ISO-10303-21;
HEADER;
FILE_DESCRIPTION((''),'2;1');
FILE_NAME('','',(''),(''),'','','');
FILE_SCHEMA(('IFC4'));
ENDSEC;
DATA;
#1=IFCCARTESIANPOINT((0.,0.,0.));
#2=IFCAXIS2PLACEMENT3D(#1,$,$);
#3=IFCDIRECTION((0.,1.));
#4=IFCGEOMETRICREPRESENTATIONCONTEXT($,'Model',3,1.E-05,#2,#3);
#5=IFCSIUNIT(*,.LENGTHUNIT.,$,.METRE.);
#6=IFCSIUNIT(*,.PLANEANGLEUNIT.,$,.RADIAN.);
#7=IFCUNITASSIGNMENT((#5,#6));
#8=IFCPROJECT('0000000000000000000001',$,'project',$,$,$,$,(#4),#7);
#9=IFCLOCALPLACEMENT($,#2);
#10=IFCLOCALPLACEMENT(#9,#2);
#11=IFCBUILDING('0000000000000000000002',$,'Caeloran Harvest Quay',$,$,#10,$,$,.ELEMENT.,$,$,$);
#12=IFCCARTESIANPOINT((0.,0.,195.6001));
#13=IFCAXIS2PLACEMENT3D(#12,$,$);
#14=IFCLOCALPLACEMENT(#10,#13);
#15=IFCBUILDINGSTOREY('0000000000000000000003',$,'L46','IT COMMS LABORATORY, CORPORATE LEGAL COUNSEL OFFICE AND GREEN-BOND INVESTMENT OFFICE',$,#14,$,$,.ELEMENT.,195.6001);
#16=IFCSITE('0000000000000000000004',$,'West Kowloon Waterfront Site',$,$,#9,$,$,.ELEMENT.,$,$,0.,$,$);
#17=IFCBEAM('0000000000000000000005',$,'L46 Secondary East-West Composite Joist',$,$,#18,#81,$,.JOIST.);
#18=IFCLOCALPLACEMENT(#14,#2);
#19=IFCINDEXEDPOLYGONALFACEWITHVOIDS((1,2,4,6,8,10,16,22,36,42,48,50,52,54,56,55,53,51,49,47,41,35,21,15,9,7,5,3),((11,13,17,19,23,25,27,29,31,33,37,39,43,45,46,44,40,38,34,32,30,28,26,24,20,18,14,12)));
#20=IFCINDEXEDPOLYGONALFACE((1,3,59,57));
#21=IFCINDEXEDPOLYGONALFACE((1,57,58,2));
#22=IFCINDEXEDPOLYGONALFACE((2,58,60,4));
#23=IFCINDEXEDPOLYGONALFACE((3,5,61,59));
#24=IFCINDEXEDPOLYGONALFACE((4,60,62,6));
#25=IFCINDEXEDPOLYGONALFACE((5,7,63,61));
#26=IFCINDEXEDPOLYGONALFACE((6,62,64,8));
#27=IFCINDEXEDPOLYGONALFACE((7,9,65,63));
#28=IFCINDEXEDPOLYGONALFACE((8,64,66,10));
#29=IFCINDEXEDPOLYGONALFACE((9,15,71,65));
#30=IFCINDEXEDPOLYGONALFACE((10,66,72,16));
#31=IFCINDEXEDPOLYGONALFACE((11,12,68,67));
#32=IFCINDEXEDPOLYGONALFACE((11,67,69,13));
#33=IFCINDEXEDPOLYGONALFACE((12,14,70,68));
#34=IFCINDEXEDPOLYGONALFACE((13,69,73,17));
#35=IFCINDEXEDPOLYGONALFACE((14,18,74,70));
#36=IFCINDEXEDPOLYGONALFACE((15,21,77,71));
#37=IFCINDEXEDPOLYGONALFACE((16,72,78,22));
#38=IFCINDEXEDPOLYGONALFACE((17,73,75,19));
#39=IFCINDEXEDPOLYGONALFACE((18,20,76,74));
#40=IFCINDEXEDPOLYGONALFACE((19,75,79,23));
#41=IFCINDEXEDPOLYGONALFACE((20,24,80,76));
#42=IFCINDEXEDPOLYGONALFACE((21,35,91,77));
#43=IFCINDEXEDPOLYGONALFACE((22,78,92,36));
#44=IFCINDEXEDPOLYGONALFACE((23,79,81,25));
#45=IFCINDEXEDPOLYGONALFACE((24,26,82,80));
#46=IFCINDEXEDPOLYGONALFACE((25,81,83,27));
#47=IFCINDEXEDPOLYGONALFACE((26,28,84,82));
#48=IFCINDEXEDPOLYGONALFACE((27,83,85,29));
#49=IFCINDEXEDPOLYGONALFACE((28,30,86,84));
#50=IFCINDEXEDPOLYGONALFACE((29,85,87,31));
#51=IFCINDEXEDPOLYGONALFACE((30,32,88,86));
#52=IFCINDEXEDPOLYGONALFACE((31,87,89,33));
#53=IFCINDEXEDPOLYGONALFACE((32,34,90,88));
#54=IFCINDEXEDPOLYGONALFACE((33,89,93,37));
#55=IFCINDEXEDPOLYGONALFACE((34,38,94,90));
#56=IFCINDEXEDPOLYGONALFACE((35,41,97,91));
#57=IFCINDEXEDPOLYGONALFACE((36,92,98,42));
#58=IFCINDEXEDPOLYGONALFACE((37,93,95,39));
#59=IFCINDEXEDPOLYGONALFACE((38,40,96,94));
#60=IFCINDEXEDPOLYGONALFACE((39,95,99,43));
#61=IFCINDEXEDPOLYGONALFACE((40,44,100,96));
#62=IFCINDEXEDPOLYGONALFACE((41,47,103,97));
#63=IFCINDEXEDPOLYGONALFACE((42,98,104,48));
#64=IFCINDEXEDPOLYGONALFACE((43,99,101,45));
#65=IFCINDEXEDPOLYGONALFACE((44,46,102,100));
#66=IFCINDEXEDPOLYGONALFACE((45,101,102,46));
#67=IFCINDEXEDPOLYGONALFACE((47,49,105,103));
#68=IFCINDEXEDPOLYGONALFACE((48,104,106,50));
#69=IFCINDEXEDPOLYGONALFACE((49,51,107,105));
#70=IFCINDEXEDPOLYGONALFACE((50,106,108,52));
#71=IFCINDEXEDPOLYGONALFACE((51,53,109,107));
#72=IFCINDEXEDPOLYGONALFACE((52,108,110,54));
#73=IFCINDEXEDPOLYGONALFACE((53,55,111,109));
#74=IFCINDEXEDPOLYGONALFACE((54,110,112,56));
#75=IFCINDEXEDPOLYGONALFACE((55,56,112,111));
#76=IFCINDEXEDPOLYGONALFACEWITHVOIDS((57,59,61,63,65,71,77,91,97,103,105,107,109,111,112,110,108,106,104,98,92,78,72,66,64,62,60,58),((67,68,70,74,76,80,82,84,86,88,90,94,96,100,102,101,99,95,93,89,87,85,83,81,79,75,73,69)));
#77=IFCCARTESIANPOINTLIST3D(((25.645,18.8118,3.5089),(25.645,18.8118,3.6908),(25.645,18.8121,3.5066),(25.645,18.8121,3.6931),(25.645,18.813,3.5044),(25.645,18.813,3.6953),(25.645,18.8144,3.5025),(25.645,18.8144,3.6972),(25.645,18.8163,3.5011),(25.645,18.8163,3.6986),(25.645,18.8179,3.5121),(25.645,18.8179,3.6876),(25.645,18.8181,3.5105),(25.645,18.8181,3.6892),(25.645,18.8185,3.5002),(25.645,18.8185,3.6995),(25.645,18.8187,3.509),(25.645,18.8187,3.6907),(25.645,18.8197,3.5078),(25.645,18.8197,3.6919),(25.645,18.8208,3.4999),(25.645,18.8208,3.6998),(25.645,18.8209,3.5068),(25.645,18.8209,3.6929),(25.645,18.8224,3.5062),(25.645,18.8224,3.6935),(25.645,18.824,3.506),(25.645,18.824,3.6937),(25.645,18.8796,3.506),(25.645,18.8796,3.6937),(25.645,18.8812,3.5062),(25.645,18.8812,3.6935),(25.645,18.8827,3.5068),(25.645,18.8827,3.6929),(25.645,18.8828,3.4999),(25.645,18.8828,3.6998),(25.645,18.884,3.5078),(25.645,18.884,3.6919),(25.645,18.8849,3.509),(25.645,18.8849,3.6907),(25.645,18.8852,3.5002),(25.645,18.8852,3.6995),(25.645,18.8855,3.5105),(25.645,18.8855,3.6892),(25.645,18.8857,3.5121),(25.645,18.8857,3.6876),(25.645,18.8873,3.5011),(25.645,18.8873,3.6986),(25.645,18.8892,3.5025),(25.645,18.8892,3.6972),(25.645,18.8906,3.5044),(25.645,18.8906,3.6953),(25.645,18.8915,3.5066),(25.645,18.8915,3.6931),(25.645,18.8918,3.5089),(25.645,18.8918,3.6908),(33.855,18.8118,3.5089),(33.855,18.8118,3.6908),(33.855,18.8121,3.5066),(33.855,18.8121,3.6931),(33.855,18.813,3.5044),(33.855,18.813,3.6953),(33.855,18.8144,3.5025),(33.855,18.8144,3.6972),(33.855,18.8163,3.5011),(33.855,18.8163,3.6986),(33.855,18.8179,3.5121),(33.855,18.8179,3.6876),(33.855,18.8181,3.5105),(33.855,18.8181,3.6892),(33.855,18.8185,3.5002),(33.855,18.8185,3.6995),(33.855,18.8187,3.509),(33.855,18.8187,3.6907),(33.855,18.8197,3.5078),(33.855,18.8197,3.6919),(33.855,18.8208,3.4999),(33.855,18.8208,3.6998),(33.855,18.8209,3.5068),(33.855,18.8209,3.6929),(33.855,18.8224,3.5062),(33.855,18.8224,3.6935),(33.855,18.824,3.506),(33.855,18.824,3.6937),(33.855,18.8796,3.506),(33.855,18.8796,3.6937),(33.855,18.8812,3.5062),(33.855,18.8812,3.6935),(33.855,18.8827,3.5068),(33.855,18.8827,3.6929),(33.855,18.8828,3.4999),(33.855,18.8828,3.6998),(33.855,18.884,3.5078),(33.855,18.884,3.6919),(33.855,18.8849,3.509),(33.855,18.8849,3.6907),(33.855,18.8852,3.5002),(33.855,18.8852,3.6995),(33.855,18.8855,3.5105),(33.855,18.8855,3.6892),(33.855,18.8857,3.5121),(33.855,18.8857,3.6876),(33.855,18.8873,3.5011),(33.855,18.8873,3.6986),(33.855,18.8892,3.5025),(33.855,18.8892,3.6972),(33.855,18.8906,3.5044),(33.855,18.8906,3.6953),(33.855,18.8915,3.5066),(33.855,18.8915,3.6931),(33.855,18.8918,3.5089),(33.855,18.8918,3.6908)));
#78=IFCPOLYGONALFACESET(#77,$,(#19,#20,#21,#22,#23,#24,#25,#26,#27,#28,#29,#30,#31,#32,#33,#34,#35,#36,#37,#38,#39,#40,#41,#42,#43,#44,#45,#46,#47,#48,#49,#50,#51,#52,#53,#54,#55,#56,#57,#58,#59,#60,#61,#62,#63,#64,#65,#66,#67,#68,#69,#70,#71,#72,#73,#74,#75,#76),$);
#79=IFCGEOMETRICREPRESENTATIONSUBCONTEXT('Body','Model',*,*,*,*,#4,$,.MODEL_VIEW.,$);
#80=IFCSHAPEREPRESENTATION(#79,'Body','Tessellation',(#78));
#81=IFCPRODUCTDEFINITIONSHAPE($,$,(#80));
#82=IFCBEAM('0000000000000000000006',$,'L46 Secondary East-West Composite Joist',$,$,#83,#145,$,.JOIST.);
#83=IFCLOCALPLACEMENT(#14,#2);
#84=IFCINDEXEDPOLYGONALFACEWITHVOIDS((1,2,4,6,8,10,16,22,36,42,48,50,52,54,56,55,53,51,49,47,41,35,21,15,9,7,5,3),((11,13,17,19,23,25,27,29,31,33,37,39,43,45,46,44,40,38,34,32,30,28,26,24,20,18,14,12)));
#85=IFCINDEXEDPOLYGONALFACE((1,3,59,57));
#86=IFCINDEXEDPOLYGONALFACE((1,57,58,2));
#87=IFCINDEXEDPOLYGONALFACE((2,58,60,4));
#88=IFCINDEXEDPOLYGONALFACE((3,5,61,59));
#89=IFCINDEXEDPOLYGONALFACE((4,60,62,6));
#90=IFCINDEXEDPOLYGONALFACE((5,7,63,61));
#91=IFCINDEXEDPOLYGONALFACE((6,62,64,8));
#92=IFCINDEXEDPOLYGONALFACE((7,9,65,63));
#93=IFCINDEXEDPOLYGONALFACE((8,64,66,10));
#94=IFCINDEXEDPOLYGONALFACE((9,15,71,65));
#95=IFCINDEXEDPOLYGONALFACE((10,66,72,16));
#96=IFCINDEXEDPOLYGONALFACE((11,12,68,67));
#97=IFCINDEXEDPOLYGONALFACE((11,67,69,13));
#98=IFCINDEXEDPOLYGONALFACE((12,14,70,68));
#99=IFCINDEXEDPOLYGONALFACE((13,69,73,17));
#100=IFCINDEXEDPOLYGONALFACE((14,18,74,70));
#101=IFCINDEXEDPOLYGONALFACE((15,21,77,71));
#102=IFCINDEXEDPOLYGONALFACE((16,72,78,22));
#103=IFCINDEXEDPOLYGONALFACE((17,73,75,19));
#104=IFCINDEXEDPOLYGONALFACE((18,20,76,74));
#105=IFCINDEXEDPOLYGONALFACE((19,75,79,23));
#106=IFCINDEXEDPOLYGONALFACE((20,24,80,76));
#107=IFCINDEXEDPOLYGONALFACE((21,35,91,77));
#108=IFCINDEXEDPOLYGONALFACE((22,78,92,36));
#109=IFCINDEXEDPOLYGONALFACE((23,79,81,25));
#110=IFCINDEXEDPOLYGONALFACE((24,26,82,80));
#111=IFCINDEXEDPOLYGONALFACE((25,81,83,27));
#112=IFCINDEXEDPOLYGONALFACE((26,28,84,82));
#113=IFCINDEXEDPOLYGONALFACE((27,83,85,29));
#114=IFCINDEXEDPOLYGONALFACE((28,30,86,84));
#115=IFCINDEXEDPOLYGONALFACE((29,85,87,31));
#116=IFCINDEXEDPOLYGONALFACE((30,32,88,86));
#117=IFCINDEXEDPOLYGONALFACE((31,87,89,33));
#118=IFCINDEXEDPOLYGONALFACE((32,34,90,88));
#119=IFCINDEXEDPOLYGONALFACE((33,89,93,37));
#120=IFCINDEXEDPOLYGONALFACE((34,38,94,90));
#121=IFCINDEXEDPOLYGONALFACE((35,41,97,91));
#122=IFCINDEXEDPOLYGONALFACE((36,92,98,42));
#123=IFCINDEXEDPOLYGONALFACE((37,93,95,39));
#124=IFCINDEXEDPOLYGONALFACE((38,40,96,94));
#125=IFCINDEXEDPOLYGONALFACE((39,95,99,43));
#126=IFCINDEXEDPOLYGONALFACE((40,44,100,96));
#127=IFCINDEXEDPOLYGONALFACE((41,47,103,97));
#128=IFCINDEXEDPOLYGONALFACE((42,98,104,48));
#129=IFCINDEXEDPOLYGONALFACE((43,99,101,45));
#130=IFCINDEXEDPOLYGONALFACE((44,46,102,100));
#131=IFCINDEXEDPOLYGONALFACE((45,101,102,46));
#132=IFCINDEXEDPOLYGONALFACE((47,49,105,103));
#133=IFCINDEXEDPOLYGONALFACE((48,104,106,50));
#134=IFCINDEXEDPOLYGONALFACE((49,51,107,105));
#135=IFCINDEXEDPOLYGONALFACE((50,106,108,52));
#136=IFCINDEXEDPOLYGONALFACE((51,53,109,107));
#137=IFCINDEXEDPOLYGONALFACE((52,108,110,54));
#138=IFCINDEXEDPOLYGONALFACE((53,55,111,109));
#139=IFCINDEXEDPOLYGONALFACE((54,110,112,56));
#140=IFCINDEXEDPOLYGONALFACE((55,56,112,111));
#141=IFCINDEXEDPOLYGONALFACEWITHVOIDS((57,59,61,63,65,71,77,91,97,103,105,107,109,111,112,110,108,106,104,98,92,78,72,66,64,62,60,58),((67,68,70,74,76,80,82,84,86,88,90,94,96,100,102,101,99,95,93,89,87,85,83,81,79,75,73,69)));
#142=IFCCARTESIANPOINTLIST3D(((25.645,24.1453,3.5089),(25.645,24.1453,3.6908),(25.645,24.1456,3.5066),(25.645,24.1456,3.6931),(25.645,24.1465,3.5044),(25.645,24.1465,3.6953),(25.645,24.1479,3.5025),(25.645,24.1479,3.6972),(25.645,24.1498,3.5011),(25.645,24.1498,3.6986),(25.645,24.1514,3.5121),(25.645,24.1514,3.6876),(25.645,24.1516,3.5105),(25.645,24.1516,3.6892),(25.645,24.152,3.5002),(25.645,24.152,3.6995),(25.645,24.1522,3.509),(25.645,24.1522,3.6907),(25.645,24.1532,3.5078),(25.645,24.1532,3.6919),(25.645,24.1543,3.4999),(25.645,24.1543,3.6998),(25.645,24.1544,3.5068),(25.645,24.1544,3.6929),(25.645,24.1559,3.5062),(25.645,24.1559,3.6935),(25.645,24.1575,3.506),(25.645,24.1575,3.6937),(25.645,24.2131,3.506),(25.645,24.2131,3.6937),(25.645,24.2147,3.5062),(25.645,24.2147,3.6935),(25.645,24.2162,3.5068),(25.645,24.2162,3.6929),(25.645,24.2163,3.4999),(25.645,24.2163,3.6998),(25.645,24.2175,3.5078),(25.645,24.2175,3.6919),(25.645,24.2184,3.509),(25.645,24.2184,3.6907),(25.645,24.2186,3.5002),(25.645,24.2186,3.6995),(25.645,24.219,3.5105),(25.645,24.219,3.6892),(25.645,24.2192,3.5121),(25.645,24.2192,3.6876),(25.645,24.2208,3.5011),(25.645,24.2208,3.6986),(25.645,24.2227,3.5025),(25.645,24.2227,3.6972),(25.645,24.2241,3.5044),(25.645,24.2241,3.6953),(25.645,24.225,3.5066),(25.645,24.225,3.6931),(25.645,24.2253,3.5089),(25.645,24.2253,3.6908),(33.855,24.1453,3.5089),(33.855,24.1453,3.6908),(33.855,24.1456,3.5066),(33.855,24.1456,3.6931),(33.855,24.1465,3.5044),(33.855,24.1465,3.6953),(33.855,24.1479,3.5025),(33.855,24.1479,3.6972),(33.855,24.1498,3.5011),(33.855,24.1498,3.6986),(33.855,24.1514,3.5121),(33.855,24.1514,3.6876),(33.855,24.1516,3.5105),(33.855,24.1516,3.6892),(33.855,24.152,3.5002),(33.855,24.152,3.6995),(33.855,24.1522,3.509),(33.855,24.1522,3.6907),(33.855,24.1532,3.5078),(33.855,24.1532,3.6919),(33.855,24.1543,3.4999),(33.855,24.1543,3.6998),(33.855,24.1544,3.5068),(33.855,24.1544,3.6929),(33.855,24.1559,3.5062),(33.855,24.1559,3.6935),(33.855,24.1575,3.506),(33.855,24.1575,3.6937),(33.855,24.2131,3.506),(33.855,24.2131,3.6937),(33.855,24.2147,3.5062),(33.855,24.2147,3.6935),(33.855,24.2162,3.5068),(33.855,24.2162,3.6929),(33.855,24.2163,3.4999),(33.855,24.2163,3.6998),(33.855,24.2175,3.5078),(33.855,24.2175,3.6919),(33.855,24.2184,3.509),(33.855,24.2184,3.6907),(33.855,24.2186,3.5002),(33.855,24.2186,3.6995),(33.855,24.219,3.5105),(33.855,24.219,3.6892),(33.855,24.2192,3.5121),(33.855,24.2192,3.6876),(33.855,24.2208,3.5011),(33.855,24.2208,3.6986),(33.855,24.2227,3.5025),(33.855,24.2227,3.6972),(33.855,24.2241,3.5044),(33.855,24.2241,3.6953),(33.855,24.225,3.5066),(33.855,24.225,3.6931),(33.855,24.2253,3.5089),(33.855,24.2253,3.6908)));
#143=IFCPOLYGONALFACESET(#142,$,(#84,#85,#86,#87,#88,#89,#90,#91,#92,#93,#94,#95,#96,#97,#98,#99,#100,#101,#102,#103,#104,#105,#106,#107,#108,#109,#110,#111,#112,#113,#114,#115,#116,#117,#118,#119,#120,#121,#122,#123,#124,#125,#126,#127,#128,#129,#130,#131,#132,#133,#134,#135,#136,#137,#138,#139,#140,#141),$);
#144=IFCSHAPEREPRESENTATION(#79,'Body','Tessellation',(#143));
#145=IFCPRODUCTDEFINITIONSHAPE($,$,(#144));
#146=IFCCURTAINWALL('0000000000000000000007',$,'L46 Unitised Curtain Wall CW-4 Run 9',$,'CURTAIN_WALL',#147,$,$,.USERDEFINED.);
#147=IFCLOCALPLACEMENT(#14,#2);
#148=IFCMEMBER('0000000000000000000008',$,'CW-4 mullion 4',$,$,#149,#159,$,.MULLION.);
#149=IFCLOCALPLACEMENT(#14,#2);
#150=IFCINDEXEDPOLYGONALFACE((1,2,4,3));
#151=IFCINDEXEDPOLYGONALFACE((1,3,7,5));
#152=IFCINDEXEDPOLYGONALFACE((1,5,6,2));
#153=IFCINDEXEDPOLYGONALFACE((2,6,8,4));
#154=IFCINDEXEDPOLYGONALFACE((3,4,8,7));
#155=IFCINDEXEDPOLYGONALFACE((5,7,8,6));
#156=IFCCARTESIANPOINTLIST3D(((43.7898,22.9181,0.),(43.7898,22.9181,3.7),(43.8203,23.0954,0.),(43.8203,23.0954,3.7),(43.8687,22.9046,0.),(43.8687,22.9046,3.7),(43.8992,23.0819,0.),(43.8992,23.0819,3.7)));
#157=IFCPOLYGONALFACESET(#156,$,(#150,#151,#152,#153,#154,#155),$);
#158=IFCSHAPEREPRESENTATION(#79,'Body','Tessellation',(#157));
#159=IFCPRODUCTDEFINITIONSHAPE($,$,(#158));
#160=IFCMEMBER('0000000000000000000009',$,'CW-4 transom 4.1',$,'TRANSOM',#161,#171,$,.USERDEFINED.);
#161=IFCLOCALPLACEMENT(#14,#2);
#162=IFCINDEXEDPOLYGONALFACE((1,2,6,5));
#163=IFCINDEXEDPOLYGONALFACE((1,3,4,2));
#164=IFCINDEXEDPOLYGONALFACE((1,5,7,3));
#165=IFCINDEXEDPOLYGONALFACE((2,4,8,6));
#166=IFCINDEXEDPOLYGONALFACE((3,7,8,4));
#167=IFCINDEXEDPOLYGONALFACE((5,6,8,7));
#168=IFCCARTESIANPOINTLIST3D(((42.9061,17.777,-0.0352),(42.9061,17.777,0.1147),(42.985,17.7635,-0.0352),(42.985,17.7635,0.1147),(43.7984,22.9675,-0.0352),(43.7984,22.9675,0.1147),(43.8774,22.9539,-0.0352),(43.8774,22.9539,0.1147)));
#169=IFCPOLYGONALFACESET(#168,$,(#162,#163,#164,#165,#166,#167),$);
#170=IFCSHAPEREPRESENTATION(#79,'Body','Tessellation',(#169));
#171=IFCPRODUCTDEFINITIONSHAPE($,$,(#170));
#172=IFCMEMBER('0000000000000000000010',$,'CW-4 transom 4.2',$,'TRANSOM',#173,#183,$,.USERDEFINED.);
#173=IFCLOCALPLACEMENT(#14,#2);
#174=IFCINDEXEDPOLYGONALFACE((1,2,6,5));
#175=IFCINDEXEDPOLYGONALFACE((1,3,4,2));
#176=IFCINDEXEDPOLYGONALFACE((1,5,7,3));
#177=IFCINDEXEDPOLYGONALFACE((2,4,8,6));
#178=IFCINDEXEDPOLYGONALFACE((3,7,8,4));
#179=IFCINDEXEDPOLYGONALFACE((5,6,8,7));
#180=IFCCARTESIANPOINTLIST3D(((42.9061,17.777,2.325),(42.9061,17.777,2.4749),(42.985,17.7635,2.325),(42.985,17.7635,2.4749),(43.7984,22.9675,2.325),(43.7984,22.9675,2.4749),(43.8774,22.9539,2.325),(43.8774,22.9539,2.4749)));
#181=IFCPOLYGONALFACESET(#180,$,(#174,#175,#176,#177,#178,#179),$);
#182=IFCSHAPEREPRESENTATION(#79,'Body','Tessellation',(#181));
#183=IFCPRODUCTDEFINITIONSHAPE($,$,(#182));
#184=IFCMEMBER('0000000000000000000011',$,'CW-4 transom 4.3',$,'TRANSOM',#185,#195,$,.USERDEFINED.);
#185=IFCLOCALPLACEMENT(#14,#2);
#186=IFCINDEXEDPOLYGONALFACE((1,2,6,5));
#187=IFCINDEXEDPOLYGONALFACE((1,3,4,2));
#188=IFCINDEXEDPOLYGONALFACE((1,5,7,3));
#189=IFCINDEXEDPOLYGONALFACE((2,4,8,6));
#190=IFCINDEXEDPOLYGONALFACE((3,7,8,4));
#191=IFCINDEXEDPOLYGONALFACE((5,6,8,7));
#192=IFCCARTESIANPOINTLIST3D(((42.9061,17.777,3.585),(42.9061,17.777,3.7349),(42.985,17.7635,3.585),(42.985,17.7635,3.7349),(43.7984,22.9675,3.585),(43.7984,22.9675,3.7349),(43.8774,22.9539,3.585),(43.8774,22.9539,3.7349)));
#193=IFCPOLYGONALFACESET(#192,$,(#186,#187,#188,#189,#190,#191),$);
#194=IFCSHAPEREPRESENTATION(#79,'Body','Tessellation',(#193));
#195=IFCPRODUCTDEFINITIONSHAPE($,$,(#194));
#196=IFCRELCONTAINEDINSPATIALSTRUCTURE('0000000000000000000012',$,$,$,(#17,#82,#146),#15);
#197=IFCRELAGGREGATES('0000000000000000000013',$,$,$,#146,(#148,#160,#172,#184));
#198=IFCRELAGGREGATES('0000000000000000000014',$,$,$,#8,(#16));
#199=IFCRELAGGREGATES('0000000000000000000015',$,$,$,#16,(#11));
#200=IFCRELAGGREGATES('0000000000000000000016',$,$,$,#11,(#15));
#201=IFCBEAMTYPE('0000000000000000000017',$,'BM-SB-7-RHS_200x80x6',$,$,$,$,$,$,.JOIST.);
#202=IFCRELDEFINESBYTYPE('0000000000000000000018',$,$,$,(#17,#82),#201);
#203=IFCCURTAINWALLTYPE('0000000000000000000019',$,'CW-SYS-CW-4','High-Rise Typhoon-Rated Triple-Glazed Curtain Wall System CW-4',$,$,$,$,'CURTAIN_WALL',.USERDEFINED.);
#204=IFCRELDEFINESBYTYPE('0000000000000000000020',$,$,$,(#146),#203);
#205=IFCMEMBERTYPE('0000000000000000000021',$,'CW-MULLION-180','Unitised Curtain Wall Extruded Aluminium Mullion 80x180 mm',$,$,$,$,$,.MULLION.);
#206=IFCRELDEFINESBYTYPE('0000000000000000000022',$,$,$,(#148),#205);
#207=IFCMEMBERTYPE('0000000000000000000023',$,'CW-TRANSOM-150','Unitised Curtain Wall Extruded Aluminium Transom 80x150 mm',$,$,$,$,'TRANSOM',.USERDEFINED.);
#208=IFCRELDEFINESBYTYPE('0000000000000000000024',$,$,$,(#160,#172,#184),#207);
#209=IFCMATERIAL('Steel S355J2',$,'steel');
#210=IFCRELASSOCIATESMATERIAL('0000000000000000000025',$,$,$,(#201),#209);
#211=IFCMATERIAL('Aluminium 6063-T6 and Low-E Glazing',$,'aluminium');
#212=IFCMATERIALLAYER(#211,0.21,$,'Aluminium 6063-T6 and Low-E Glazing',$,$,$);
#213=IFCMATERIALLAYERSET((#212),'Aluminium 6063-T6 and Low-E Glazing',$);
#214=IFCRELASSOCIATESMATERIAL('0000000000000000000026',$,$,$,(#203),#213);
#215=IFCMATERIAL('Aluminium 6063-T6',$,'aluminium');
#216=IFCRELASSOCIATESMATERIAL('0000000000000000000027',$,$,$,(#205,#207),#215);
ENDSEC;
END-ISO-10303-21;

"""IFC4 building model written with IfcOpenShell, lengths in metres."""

from ifc_helpers import new_model, si_unit, direction, frame, origin, origin_2d, place, context, subcontext, project, spatial, rectangle, hollow_rectangle, extrude, material, layer, layer_set, material_profile, profile_set, type_object, element, aggregate, save


model = new_model("IFC4")

# Units and contexts
model_context = context("Model", 3, precision=1e-05, world=origin(), true_north=direction((0.0, 1.0)))
body_context = subcontext(model_context, "Body", "Model", "MODEL_VIEW")
ifc_project = project(units=[si_unit("LENGTHUNIT", "METRE"), si_unit("PLANEANGLEUNIT", "RADIAN")], contexts=[model_context])

# Site, building, storey
site_placement = place(None, origin())
site = spatial("IfcSite", under=ifc_project, at=site_placement, Name="West Kowloon Waterfront Site", CompositionType="ELEMENT", RefElevation=0.0)
building_placement = place(site_placement, origin())
building = spatial("IfcBuilding", under=site, at=building_placement, Name="Caeloran Harvest Quay", CompositionType="ELEMENT")
storey_placement = place(building_placement, frame((0.0, 0.0, 195.6001)))
storey = spatial("IfcBuildingStorey", under=building, at=storey_placement, Name="L46", Description="IT COMMS LABORATORY, CORPORATE LEGAL COUNSEL OFFICE AND GREEN-BOND INVESTMENT OFFICE", CompositionType="ELEMENT", Elevation=195.6001)

# Beams
ifc_material_1 = material(Name="Steel S355J2", Category="steel")
ifc_material_profile_1 = material_profile(ifc_material_1, hollow_rectangle(XDim=0.0801, YDim=0.2, WallThickness=0.0061, InnerFilletRadius=0.0061, OuterFilletRadius=0.009, at=origin_2d()), Name="RHS 200x80x6")
ifc_profile_set_1 = profile_set([ifc_material_profile_1], Name="Steel S355J2")
beam_type_1 = type_object("IfcBeamType", Name="BM-SB-7-RHS_200x80x6", PredefinedType="JOIST", material=ifc_profile_set_1)
for number, where, z_axis, x_axis, name in (
    (1, (25.645, 18.8518, 3.5999), (1.0, 0.0, 0.0), (0.0, 1.0, 0.0), "L46 Secondary East-West Composite Joist"),
    (2, (25.645, 24.1853, 3.5999), (1.0, 0.0, 0.0), (0.0, 1.0, 0.0), "L46 Secondary East-West Composite Joist"),
):
    element("IfcBeam", number, at=place(storey_placement, frame(where, z_axis=z_axis, x_axis=x_axis)), inside=storey, type_object=beam_type_1, Name=name, PredefinedType="JOIST", context=body_context, shape_type="SweptSolid", body=[
        extrude(hollow_rectangle(XDim=0.0801, YDim=0.2, WallThickness=0.0061, InnerFilletRadius=0.0061, OuterFilletRadius=0.009, at=origin_2d()), origin(), (0.0, 0.0, 1.0), 8.21),
    ])

# Curtain wall, members
ifc_material_2 = material(Name="Aluminium 6063-T6 and Low-E Glazing", Category="aluminium")
ifc_layer_1 = layer(ifc_material_2, 0.21, Name="Aluminium 6063-T6 and Low-E Glazing")
ifc_layer_set_1 = layer_set([ifc_layer_1], Name="Aluminium 6063-T6 and Low-E Glazing")
curtain_wall_type = type_object("IfcCurtainWallType", Name="CW-SYS-CW-4", Description="High-Rise Typhoon-Rated Triple-Glazed Curtain Wall System CW-4", ElementType="CURTAIN_WALL", PredefinedType="USERDEFINED", material=ifc_layer_set_1)
curtain_wall_placement = place(storey_placement, origin())
curtain_wall = element("IfcCurtainWall", 3, at=curtain_wall_placement, inside=storey, type_object=curtain_wall_type, Name="L46 Unitised Curtain Wall CW-4 Run 9", ObjectType="CURTAIN_WALL", PredefinedType="USERDEFINED")
ifc_material_3 = material(Name="Aluminium 6063-T6", Category="aluminium")
ifc_material_profile_2 = material_profile(ifc_material_3, rectangle(XDim=0.0801, YDim=0.1799, at=origin_2d()), Name="CW-MULLION-180")
ifc_profile_set_2 = profile_set([ifc_material_profile_2], Name="Aluminium 6063-T6")
member_type_1 = type_object("IfcMemberType", Name="CW-MULLION-180", Description="Unitised Curtain Wall Extruded Aluminium Mullion 80x180 mm", PredefinedType="MULLION", material=ifc_profile_set_2)
member_1_placement = place(storey_placement, frame((43.8445, 23.0, 0.0), z_axis=(0.0, 0.0, 1.0), x_axis=(0.985549, -0.169392, 0.0)))
member_1 = element("IfcMember", 4, at=member_1_placement, type_object=member_type_1, Name="CW-4 mullion 4", PredefinedType="MULLION", context=body_context, shape_type="SweptSolid", body=[
    extrude(rectangle(XDim=0.0801, YDim=0.1799, at=origin_2d()), origin(), (0.0, 0.0, 1.0), 3.7),
])
ifc_material_profile_3 = material_profile(ifc_material_3, rectangle(XDim=0.0801, YDim=0.1499, at=origin_2d()), Name="CW-TRANSOM-150")
ifc_profile_set_3 = profile_set([ifc_material_profile_3], Name="Aluminium 6063-T6")
member_type_2 = type_object("IfcMemberType", Name="CW-TRANSOM-150", Description="Unitised Curtain Wall Extruded Aluminium Transom 80x150 mm", ElementType="TRANSOM", PredefinedType="USERDEFINED", material=ifc_profile_set_3)
member_2_placement = place(storey_placement, frame((43.8379, 22.9607, 0.0398), z_axis=(-0.169433, -0.985542, 0.0), x_axis=(0.985542, -0.169433, 0.0)))
member_2 = element("IfcMember", 5, at=member_2_placement, type_object=member_type_2, Name="CW-4 transom 4.1", ObjectType="TRANSOM", PredefinedType="USERDEFINED", context=body_context, shape_type="SweptSolid", body=[
    extrude(rectangle(XDim=0.0801, YDim=0.1499, at=origin_2d()), origin(), (0.0, 0.0, 1.0), 5.2666),
])
member_3_placement = place(storey_placement, frame((43.8379, 22.9607, 2.3999), z_axis=(-0.169433, -0.985542, 0.0), x_axis=(0.985542, -0.169433, 0.0)))
member_3 = element("IfcMember", 6, at=member_3_placement, type_object=member_type_2, Name="CW-4 transom 4.2", ObjectType="TRANSOM", PredefinedType="USERDEFINED", context=body_context, shape_type="SweptSolid", body=[
    extrude(rectangle(XDim=0.0801, YDim=0.1499, at=origin_2d()), origin(), (0.0, 0.0, 1.0), 5.2666),
])
member_4_placement = place(storey_placement, frame((43.8379, 22.9607, 3.6599), z_axis=(-0.169433, -0.985542, 0.0), x_axis=(0.985542, -0.169433, 0.0)))
member_4 = element("IfcMember", 7, at=member_4_placement, type_object=member_type_2, Name="CW-4 transom 4.3", ObjectType="TRANSOM", PredefinedType="USERDEFINED", context=body_context, shape_type="SweptSolid", body=[
    extrude(rectangle(XDim=0.0801, YDim=0.1499, at=origin_2d()), origin(), (0.0, 0.0, 1.0), 5.2666),
])
aggregate(curtain_wall, [member_1, member_2, member_3, member_4])

save(model, "model.ifc")
